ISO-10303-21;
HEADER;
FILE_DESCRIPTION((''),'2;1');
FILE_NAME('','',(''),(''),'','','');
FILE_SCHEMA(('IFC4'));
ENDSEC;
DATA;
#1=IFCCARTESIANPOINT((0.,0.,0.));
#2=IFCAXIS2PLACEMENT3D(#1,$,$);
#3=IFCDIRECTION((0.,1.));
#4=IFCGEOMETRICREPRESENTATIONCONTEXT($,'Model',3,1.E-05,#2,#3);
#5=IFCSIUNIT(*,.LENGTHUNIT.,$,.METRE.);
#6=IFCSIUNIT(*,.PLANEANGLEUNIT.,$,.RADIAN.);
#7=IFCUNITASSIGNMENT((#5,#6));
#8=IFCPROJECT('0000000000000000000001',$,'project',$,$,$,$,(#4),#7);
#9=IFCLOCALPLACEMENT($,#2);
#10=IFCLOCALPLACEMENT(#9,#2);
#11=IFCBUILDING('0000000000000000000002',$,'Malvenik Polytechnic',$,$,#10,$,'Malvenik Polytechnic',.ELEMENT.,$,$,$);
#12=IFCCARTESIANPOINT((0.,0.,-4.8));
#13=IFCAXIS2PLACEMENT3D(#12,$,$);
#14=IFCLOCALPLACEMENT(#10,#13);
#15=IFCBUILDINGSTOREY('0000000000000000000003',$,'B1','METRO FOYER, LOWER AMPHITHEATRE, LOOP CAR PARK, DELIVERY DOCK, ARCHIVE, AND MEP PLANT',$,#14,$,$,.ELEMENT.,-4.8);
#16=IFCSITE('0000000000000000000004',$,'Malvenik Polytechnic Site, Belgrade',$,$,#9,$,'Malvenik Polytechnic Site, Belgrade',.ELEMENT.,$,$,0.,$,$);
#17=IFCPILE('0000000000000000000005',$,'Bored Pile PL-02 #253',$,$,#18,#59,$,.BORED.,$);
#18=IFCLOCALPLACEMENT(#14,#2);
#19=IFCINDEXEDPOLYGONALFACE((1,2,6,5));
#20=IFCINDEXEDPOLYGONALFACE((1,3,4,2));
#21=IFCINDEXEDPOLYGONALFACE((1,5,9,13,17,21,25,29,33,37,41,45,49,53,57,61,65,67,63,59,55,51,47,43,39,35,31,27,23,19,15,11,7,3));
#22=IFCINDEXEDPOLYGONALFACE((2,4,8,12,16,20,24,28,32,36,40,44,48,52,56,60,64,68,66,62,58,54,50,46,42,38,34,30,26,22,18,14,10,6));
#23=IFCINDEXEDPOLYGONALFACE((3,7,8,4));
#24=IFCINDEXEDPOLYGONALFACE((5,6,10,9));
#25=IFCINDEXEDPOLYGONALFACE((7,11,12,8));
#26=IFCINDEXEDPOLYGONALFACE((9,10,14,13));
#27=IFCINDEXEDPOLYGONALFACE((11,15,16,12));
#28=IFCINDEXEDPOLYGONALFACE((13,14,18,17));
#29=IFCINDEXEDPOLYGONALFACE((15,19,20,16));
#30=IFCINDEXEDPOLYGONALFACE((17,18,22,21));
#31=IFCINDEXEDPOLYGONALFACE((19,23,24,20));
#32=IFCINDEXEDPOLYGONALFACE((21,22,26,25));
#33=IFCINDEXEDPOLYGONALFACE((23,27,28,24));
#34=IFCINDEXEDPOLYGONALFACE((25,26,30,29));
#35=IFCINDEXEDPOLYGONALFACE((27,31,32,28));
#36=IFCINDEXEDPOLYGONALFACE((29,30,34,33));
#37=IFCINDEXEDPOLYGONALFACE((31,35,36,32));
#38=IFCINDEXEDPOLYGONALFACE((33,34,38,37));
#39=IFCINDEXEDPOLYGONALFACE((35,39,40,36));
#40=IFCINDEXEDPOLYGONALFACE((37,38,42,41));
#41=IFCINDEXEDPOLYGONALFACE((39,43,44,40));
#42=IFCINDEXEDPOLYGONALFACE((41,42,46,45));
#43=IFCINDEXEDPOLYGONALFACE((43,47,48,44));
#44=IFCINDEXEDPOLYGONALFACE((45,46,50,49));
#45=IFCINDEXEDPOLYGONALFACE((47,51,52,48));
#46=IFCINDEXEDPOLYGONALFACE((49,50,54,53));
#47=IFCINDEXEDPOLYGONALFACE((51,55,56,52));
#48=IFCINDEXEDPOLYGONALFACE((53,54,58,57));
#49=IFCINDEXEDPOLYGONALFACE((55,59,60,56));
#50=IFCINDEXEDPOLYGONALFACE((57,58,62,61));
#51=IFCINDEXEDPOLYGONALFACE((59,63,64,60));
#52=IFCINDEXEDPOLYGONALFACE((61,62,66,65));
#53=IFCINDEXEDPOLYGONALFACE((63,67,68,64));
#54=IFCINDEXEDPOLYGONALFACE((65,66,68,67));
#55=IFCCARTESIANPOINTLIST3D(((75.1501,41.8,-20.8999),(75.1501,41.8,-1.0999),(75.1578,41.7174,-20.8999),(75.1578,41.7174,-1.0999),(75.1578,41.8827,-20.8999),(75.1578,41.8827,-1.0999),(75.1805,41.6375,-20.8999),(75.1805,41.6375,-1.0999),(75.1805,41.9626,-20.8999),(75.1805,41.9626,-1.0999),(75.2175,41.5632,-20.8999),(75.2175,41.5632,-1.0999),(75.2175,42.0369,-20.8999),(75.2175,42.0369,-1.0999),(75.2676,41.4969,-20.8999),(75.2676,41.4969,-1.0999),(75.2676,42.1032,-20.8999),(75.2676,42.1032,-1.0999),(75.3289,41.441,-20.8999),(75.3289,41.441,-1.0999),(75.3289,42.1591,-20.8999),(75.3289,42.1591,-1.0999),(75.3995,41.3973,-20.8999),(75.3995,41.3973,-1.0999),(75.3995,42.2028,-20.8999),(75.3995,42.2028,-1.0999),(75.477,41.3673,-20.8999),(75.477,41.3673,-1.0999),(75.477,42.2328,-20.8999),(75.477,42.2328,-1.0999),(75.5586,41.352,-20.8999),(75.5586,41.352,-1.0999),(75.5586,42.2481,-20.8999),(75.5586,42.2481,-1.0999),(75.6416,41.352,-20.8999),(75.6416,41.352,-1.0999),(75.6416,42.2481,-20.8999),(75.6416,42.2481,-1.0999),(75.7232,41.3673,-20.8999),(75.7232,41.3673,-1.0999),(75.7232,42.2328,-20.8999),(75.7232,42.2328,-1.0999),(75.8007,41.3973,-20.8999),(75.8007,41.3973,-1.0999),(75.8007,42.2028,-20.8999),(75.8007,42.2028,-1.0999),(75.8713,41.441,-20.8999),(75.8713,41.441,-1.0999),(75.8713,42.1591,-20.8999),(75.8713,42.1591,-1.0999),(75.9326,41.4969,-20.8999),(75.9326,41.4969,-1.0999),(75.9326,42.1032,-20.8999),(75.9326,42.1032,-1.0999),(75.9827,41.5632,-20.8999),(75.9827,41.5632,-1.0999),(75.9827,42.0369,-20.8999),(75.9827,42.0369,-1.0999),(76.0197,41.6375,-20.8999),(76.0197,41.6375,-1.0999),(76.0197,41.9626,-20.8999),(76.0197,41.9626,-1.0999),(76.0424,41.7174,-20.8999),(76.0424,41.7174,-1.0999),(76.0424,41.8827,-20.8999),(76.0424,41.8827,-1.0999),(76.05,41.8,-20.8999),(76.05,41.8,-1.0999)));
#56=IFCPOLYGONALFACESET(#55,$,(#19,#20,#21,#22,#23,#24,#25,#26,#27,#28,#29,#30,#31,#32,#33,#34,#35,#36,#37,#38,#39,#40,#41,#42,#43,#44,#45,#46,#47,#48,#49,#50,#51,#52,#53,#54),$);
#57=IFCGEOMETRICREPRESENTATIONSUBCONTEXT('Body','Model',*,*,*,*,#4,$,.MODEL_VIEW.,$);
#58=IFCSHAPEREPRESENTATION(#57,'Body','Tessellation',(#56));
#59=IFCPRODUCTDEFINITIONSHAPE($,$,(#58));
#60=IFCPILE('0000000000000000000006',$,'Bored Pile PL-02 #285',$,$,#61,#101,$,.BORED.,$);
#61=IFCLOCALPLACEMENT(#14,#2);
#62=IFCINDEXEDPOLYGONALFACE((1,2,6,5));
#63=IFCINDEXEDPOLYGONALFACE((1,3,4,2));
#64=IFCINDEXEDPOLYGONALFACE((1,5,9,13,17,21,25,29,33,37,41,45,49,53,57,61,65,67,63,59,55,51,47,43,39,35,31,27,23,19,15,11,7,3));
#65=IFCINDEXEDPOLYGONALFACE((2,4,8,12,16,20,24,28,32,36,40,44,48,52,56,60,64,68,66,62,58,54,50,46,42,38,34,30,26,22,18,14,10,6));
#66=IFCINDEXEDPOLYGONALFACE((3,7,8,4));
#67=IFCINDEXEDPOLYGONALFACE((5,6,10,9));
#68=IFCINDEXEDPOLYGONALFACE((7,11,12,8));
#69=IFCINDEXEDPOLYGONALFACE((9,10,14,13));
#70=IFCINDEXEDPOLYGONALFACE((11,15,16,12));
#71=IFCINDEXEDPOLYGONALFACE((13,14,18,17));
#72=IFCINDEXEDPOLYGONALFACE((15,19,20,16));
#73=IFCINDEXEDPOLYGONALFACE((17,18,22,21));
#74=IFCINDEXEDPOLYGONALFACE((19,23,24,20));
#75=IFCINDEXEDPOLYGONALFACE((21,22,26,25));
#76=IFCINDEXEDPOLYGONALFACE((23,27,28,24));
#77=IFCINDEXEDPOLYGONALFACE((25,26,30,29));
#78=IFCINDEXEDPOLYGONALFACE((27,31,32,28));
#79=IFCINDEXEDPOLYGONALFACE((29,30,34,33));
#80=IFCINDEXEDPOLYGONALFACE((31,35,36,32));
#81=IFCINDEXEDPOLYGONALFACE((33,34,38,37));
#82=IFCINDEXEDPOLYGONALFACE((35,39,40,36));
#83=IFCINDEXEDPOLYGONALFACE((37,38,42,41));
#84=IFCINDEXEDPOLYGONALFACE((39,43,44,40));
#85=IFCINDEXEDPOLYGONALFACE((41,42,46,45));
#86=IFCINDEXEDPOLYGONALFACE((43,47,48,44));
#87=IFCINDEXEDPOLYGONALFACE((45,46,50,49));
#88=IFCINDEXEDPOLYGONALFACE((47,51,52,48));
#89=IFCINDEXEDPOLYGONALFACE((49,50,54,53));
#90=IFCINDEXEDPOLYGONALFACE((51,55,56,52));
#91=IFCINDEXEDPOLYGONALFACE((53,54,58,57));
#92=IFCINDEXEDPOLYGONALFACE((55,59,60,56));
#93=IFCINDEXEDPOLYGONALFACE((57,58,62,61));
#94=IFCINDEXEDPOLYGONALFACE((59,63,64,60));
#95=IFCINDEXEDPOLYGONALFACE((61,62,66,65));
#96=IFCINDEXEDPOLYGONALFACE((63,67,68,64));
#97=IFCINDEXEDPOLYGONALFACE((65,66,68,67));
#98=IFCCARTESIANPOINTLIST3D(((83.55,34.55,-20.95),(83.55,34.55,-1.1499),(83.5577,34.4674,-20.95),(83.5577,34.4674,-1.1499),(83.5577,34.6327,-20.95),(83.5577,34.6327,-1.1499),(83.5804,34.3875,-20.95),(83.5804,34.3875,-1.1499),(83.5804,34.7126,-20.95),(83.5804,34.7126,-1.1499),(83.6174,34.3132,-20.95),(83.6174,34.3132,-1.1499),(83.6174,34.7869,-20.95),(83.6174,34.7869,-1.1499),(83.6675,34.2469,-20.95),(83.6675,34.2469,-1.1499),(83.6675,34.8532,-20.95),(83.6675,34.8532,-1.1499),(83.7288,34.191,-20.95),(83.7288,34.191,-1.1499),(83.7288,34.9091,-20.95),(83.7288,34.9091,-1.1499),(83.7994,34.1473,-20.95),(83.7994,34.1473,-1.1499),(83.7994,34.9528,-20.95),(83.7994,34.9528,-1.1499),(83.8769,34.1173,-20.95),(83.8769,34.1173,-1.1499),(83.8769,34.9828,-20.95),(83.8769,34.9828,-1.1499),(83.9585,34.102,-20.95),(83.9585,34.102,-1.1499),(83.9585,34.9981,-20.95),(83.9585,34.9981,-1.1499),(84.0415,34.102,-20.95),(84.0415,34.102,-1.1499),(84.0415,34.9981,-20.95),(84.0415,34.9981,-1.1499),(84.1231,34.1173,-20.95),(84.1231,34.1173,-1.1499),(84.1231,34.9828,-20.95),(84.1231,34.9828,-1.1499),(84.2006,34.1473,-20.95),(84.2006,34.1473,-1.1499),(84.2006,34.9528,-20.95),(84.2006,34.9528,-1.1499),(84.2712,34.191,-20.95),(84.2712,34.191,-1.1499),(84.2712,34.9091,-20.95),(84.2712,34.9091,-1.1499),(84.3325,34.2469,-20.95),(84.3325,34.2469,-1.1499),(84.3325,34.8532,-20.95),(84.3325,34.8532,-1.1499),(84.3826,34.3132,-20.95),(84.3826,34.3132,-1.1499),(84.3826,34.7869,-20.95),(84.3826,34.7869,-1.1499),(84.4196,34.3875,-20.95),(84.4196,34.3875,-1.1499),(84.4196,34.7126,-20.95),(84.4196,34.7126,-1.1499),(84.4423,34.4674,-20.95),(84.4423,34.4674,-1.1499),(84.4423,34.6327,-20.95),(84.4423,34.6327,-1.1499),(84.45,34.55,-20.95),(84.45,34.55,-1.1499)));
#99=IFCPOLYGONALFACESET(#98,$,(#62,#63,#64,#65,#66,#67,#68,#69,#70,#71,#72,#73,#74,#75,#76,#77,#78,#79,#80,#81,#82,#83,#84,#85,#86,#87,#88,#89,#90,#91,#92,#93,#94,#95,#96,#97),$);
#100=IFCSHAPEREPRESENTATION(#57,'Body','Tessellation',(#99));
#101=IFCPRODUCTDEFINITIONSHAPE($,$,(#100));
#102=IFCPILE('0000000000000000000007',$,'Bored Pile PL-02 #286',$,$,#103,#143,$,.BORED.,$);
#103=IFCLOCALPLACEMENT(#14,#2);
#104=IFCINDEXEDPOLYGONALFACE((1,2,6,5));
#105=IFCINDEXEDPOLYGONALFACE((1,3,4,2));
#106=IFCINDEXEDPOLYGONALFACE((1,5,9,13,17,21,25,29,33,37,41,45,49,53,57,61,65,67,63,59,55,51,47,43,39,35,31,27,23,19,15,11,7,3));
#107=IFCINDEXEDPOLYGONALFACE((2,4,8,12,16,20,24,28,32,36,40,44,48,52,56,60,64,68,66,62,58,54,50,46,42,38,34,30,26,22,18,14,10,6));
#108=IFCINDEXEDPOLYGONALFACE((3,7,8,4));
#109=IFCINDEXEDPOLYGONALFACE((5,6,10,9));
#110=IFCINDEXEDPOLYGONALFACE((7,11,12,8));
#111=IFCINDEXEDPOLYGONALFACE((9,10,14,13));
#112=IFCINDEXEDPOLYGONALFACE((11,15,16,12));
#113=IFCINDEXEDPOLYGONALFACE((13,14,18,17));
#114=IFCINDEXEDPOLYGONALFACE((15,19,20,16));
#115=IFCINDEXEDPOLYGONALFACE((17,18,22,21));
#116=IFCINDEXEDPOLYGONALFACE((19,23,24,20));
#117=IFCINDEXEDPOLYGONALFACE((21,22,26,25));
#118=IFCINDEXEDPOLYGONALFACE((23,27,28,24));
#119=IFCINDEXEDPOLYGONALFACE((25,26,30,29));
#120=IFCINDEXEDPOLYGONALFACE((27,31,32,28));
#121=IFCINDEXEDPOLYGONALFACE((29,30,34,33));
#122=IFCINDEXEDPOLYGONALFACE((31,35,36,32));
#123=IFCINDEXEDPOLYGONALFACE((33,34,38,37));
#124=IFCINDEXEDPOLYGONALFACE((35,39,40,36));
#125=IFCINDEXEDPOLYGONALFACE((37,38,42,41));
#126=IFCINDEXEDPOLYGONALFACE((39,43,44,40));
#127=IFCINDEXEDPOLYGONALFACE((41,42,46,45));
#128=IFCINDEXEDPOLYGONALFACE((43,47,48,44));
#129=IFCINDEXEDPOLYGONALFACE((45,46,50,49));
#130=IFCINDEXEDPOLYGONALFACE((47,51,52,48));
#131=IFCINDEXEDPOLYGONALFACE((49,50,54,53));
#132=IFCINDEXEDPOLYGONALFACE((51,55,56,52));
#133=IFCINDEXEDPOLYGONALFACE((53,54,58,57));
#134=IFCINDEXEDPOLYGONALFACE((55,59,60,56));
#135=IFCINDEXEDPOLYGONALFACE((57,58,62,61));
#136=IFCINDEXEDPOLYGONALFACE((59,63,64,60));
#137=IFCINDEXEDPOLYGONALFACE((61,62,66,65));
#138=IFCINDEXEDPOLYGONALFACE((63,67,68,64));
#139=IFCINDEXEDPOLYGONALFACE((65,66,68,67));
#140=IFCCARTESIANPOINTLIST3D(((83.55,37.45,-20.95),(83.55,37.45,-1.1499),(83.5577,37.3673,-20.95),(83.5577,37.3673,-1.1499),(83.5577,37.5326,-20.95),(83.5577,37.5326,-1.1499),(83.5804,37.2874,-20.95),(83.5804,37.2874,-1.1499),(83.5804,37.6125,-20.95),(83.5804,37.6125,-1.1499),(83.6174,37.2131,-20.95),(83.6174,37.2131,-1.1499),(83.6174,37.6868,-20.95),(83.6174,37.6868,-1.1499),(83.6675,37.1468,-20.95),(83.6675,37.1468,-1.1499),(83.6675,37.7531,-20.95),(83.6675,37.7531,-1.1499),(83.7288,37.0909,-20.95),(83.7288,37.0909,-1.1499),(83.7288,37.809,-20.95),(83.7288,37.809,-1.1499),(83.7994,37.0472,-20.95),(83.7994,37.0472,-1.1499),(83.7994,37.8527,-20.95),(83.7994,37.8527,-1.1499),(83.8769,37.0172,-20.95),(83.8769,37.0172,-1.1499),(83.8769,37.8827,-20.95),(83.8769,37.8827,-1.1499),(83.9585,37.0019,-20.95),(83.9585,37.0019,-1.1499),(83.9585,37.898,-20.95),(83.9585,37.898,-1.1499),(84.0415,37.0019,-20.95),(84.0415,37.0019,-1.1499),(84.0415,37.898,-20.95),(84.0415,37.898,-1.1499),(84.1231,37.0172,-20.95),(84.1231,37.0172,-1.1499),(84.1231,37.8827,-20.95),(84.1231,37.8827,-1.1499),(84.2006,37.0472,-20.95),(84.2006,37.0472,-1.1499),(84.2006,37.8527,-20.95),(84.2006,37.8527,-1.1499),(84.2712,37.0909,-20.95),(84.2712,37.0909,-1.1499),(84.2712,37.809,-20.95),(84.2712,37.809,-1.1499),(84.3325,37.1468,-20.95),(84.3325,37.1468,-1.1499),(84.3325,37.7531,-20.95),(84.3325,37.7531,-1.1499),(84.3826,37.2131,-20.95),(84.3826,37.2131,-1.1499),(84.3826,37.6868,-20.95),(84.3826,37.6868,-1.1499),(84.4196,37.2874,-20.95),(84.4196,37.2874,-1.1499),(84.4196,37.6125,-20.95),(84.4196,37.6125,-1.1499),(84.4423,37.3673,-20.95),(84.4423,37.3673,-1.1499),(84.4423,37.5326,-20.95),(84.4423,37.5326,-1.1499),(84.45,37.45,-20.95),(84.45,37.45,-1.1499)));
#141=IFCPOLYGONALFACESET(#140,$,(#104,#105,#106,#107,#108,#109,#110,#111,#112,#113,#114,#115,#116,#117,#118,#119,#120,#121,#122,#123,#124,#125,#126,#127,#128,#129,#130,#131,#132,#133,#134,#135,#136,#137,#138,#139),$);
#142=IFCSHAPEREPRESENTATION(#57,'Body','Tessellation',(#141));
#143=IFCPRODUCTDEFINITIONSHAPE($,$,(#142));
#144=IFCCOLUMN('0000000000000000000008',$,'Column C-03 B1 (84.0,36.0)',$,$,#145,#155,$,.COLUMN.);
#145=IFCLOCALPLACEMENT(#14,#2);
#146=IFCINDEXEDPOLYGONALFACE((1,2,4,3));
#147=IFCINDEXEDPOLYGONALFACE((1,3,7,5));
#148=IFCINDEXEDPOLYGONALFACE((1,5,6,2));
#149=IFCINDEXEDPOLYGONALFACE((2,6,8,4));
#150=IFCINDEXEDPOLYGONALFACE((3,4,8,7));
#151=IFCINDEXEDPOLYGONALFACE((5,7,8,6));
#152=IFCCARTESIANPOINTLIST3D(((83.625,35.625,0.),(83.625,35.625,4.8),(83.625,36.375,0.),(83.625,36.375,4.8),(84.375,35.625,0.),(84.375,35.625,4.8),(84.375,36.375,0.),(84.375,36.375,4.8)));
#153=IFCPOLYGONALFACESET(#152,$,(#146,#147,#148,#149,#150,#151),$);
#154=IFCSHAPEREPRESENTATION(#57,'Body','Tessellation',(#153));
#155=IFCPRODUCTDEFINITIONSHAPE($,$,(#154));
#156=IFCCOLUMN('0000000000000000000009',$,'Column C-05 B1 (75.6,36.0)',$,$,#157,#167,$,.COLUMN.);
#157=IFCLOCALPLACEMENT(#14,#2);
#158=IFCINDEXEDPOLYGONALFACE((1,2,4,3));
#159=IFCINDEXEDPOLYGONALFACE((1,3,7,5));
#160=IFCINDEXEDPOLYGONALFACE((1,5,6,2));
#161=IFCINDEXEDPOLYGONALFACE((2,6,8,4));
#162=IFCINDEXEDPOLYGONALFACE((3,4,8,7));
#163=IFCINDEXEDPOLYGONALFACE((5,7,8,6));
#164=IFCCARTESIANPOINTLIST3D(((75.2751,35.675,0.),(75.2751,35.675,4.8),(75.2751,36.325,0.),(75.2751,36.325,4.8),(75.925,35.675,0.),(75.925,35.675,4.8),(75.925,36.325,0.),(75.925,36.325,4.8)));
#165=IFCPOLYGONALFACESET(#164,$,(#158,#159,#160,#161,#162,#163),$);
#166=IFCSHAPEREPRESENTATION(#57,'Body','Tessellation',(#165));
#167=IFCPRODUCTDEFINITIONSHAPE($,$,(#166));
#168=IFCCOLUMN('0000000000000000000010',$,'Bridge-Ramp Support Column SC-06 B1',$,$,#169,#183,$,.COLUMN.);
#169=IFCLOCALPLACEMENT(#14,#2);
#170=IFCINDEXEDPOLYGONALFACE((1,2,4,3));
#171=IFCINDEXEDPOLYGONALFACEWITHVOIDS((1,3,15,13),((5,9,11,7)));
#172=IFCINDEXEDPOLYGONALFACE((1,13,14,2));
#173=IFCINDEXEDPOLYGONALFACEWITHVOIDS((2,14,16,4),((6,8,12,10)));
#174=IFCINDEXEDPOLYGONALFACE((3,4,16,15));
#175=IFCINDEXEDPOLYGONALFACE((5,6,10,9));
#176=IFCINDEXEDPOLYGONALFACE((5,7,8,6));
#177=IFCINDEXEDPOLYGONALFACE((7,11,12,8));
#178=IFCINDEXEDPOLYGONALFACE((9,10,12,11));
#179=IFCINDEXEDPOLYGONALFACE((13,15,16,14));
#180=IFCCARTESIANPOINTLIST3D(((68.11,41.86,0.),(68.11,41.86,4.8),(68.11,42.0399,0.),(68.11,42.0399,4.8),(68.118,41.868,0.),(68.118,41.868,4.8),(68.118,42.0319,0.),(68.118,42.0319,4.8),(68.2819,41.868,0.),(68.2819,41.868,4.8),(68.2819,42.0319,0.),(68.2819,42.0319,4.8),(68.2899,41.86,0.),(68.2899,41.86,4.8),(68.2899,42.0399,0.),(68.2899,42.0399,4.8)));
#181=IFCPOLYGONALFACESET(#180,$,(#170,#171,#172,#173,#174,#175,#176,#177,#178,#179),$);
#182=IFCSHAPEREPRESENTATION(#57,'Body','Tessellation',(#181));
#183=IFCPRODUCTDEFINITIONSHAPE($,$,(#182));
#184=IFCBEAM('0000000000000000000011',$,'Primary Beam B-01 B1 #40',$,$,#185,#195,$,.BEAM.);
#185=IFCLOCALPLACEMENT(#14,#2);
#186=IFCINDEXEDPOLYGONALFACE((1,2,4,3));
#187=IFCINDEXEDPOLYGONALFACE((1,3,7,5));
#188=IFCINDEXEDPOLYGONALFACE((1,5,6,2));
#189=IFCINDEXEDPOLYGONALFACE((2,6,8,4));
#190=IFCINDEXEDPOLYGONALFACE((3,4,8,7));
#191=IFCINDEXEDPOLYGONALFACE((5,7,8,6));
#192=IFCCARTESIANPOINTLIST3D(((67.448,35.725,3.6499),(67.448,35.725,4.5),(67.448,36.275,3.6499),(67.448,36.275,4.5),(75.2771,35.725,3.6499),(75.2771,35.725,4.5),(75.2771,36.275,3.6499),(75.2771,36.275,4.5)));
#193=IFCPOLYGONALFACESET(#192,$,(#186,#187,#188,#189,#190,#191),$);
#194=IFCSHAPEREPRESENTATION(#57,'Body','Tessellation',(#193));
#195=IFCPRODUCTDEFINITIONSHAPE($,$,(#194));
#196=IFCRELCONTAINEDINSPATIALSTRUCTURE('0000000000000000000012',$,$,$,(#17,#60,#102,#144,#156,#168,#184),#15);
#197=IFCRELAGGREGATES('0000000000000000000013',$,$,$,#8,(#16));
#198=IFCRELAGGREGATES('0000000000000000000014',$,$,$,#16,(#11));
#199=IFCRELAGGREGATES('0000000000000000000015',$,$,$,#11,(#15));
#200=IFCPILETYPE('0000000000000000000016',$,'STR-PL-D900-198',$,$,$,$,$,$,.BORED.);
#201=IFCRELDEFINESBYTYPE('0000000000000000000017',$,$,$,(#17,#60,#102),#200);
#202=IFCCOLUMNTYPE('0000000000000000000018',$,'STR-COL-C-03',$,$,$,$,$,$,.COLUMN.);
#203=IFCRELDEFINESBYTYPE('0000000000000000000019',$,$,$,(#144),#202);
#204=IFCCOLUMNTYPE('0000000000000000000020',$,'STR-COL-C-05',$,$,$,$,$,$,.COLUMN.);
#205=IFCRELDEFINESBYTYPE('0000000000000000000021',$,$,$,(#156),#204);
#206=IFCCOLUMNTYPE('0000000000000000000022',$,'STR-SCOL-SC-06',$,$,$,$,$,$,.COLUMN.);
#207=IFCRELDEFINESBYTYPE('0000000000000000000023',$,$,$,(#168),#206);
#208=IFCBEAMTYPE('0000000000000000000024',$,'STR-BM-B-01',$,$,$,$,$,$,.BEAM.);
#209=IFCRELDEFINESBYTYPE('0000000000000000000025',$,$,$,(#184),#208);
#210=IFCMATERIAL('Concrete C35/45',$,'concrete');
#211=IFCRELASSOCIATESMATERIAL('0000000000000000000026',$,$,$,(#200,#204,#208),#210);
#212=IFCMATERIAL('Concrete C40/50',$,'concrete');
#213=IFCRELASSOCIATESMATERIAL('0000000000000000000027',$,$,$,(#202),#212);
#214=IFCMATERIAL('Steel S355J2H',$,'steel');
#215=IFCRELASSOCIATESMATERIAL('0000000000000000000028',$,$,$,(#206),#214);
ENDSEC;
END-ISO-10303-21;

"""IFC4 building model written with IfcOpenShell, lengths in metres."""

from ifc_helpers import new_model, si_unit, direction, frame, origin, origin_2d, place, context, subcontext, project, spatial, rectangle, hollow_rectangle, circle, extrude, material, material_profile, profile_set, type_object, element, save


model = new_model("IFC4")

# Units and contexts
model_context = context("Model", 3, precision=1e-05, world=origin(), true_north=direction((0.0, 1.0)))
body_context = subcontext(model_context, "Body", "Model", "MODEL_VIEW")
ifc_project = project(units=[si_unit("LENGTHUNIT", "METRE"), si_unit("PLANEANGLEUNIT", "RADIAN")], contexts=[model_context])

# Site, building, storey
site_placement = place(None, origin())
site = spatial("IfcSite", under=ifc_project, at=site_placement, Name="Malvenik Polytechnic Site, Belgrade", LongName="Malvenik Polytechnic Site, Belgrade", CompositionType="ELEMENT", RefElevation=0.0)
building_placement = place(site_placement, origin())
building = spatial("IfcBuilding", under=site, at=building_placement, Name="Malvenik Polytechnic", LongName="Malvenik Polytechnic", CompositionType="ELEMENT")
storey_placement = place(building_placement, frame((0.0, 0.0, -4.8)))
storey = spatial("IfcBuildingStorey", under=building, at=storey_placement, Name="B1", Description="METRO FOYER, LOWER AMPHITHEATRE, LOOP CAR PARK, DELIVERY DOCK, ARCHIVE, AND MEP PLANT", CompositionType="ELEMENT", Elevation=-4.8)

# Shared definitions
ifc_material_1 = material(Name="Concrete C35/45", Category="concrete")

# Piles
ifc_material_profile_1 = material_profile(ifc_material_1, circle(Radius=0.45, at=origin_2d()), Name="BORED PILE D900")
ifc_profile_set_1 = profile_set([ifc_material_profile_1], Name="Concrete C35/45")
pile_type_1 = type_object("IfcPileType", Name="STR-PL-D900-198", PredefinedType="BORED", material=ifc_profile_set_1)
for number, where, z_axis, x_axis, name in (
    (1, (75.6001, 41.8, -1.0999), (0.0, 0.0, -1.0), (1.0, 0.0, 0.0), "Bored Pile PL-02 #253"),
    (2, (84.0, 34.55, -1.1499), (0.0, 0.0, -1.0), (1.0, 0.0, 0.0), "Bored Pile PL-02 #285"),
    (3, (84.0, 37.45, -1.1499), (0.0, 0.0, -1.0), (1.0, 0.0, 0.0), "Bored Pile PL-02 #286"),
):
    element("IfcPile", number, at=place(storey_placement, frame(where, z_axis=z_axis, x_axis=x_axis)), inside=storey, type_object=pile_type_1, Name=name, PredefinedType="BORED", context=body_context, shape_type="SweptSolid", body=[
        extrude(circle(Radius=0.45, at=origin_2d()), origin(), (0.0, 0.0, 1.0), 19.8),
    ])

# Columns
ifc_material_2 = material(Name="Concrete C40/50", Category="concrete")
ifc_material_profile_2 = material_profile(ifc_material_2, rectangle(XDim=0.75, YDim=0.75, at=origin_2d()), Name="RC COL 750x750")
ifc_profile_set_2 = profile_set([ifc_material_profile_2], Name="Concrete C40/50")
column_type_1 = type_object("IfcColumnType", Name="STR-COL-C-03", PredefinedType="COLUMN", material=ifc_profile_set_2)
column_1_placement = place(storey_placement, frame((84.0, 36.0, 0.0), z_axis=(0.0, 0.0, 1.0), x_axis=(1.0, 0.0, 0.0)))
element("IfcColumn", 4, at=column_1_placement, inside=storey, type_object=column_type_1, Name="Column C-03 B1 (84.0,36.0)", PredefinedType="COLUMN", context=body_context, shape_type="SweptSolid", body=[
    extrude(rectangle(XDim=0.75, YDim=0.75, at=origin_2d()), origin(), (0.0, 0.0, 1.0), 4.8),
])
ifc_material_profile_3 = material_profile(ifc_material_1, rectangle(XDim=0.6499, YDim=0.6499, at=origin_2d()), Name="RC COL 650x650")
ifc_profile_set_3 = profile_set([ifc_material_profile_3], Name="Concrete C35/45")
column_type_2 = type_object("IfcColumnType", Name="STR-COL-C-05", PredefinedType="COLUMN", material=ifc_profile_set_3)
column_2_placement = place(storey_placement, frame((75.6001, 36.0, 0.0), z_axis=(0.0, 0.0, 1.0), x_axis=(1.0, 0.0, 0.0)))
element("IfcColumn", 5, at=column_2_placement, inside=storey, type_object=column_type_2, Name="Column C-05 B1 (75.6,36.0)", PredefinedType="COLUMN", context=body_context, shape_type="SweptSolid", body=[
    extrude(rectangle(XDim=0.6499, YDim=0.6499, at=origin_2d()), origin(), (0.0, 0.0, 1.0), 4.8),
])
ifc_material_3 = material(Name="Steel S355J2H", Category="steel")
ifc_material_profile_4 = material_profile(ifc_material_3, hollow_rectangle(XDim=0.1799, YDim=0.1799, WallThickness=0.0081, at=origin_2d()), Name="SHS 180x180x8.0")
ifc_profile_set_4 = profile_set([ifc_material_profile_4], Name="Steel S355J2H")
column_type_3 = type_object("IfcColumnType", Name="STR-SCOL-SC-06", PredefinedType="COLUMN", material=ifc_profile_set_4)
column_3_placement = place(storey_placement, frame((68.2, 41.95, 0.0), z_axis=(0.0, 0.0, 1.0), x_axis=(1.0, 0.0, 0.0)))
element("IfcColumn", 6, at=column_3_placement, inside=storey, type_object=column_type_3, Name="Bridge-Ramp Support Column SC-06 B1", PredefinedType="COLUMN", context=body_context, shape_type="SweptSolid", body=[
    extrude(hollow_rectangle(XDim=0.1799, YDim=0.1799, WallThickness=0.0081, at=origin_2d()), origin(), (0.0, 0.0, 1.0), 4.8),
])

# Beam
ifc_material_profile_5 = material_profile(ifc_material_1, rectangle(XDim=0.55, YDim=0.8501, at=origin_2d()), Name="RC BM 550x850")
ifc_profile_set_5 = profile_set([ifc_material_profile_5], Name="Concrete C35/45")
beam_type_1 = type_object("IfcBeamType", Name="STR-BM-B-01", PredefinedType="BEAM", material=ifc_profile_set_5)
beam_1_placement = place(storey_placement, frame((67.448, 36.0, 4.075), z_axis=(1.0, 0.0, 0.0), x_axis=(0.0, 1.0, 0.0)))
element("IfcBeam", 7, at=beam_1_placement, inside=storey, type_object=beam_type_1, Name="Primary Beam B-01 B1 #40", PredefinedType="BEAM", context=body_context, shape_type="SweptSolid", body=[
    extrude(rectangle(XDim=0.55, YDim=0.8501, at=origin_2d()), origin(), (0.0, 0.0, 1.0), 7.8291),
])

save(model, "model.ifc")
